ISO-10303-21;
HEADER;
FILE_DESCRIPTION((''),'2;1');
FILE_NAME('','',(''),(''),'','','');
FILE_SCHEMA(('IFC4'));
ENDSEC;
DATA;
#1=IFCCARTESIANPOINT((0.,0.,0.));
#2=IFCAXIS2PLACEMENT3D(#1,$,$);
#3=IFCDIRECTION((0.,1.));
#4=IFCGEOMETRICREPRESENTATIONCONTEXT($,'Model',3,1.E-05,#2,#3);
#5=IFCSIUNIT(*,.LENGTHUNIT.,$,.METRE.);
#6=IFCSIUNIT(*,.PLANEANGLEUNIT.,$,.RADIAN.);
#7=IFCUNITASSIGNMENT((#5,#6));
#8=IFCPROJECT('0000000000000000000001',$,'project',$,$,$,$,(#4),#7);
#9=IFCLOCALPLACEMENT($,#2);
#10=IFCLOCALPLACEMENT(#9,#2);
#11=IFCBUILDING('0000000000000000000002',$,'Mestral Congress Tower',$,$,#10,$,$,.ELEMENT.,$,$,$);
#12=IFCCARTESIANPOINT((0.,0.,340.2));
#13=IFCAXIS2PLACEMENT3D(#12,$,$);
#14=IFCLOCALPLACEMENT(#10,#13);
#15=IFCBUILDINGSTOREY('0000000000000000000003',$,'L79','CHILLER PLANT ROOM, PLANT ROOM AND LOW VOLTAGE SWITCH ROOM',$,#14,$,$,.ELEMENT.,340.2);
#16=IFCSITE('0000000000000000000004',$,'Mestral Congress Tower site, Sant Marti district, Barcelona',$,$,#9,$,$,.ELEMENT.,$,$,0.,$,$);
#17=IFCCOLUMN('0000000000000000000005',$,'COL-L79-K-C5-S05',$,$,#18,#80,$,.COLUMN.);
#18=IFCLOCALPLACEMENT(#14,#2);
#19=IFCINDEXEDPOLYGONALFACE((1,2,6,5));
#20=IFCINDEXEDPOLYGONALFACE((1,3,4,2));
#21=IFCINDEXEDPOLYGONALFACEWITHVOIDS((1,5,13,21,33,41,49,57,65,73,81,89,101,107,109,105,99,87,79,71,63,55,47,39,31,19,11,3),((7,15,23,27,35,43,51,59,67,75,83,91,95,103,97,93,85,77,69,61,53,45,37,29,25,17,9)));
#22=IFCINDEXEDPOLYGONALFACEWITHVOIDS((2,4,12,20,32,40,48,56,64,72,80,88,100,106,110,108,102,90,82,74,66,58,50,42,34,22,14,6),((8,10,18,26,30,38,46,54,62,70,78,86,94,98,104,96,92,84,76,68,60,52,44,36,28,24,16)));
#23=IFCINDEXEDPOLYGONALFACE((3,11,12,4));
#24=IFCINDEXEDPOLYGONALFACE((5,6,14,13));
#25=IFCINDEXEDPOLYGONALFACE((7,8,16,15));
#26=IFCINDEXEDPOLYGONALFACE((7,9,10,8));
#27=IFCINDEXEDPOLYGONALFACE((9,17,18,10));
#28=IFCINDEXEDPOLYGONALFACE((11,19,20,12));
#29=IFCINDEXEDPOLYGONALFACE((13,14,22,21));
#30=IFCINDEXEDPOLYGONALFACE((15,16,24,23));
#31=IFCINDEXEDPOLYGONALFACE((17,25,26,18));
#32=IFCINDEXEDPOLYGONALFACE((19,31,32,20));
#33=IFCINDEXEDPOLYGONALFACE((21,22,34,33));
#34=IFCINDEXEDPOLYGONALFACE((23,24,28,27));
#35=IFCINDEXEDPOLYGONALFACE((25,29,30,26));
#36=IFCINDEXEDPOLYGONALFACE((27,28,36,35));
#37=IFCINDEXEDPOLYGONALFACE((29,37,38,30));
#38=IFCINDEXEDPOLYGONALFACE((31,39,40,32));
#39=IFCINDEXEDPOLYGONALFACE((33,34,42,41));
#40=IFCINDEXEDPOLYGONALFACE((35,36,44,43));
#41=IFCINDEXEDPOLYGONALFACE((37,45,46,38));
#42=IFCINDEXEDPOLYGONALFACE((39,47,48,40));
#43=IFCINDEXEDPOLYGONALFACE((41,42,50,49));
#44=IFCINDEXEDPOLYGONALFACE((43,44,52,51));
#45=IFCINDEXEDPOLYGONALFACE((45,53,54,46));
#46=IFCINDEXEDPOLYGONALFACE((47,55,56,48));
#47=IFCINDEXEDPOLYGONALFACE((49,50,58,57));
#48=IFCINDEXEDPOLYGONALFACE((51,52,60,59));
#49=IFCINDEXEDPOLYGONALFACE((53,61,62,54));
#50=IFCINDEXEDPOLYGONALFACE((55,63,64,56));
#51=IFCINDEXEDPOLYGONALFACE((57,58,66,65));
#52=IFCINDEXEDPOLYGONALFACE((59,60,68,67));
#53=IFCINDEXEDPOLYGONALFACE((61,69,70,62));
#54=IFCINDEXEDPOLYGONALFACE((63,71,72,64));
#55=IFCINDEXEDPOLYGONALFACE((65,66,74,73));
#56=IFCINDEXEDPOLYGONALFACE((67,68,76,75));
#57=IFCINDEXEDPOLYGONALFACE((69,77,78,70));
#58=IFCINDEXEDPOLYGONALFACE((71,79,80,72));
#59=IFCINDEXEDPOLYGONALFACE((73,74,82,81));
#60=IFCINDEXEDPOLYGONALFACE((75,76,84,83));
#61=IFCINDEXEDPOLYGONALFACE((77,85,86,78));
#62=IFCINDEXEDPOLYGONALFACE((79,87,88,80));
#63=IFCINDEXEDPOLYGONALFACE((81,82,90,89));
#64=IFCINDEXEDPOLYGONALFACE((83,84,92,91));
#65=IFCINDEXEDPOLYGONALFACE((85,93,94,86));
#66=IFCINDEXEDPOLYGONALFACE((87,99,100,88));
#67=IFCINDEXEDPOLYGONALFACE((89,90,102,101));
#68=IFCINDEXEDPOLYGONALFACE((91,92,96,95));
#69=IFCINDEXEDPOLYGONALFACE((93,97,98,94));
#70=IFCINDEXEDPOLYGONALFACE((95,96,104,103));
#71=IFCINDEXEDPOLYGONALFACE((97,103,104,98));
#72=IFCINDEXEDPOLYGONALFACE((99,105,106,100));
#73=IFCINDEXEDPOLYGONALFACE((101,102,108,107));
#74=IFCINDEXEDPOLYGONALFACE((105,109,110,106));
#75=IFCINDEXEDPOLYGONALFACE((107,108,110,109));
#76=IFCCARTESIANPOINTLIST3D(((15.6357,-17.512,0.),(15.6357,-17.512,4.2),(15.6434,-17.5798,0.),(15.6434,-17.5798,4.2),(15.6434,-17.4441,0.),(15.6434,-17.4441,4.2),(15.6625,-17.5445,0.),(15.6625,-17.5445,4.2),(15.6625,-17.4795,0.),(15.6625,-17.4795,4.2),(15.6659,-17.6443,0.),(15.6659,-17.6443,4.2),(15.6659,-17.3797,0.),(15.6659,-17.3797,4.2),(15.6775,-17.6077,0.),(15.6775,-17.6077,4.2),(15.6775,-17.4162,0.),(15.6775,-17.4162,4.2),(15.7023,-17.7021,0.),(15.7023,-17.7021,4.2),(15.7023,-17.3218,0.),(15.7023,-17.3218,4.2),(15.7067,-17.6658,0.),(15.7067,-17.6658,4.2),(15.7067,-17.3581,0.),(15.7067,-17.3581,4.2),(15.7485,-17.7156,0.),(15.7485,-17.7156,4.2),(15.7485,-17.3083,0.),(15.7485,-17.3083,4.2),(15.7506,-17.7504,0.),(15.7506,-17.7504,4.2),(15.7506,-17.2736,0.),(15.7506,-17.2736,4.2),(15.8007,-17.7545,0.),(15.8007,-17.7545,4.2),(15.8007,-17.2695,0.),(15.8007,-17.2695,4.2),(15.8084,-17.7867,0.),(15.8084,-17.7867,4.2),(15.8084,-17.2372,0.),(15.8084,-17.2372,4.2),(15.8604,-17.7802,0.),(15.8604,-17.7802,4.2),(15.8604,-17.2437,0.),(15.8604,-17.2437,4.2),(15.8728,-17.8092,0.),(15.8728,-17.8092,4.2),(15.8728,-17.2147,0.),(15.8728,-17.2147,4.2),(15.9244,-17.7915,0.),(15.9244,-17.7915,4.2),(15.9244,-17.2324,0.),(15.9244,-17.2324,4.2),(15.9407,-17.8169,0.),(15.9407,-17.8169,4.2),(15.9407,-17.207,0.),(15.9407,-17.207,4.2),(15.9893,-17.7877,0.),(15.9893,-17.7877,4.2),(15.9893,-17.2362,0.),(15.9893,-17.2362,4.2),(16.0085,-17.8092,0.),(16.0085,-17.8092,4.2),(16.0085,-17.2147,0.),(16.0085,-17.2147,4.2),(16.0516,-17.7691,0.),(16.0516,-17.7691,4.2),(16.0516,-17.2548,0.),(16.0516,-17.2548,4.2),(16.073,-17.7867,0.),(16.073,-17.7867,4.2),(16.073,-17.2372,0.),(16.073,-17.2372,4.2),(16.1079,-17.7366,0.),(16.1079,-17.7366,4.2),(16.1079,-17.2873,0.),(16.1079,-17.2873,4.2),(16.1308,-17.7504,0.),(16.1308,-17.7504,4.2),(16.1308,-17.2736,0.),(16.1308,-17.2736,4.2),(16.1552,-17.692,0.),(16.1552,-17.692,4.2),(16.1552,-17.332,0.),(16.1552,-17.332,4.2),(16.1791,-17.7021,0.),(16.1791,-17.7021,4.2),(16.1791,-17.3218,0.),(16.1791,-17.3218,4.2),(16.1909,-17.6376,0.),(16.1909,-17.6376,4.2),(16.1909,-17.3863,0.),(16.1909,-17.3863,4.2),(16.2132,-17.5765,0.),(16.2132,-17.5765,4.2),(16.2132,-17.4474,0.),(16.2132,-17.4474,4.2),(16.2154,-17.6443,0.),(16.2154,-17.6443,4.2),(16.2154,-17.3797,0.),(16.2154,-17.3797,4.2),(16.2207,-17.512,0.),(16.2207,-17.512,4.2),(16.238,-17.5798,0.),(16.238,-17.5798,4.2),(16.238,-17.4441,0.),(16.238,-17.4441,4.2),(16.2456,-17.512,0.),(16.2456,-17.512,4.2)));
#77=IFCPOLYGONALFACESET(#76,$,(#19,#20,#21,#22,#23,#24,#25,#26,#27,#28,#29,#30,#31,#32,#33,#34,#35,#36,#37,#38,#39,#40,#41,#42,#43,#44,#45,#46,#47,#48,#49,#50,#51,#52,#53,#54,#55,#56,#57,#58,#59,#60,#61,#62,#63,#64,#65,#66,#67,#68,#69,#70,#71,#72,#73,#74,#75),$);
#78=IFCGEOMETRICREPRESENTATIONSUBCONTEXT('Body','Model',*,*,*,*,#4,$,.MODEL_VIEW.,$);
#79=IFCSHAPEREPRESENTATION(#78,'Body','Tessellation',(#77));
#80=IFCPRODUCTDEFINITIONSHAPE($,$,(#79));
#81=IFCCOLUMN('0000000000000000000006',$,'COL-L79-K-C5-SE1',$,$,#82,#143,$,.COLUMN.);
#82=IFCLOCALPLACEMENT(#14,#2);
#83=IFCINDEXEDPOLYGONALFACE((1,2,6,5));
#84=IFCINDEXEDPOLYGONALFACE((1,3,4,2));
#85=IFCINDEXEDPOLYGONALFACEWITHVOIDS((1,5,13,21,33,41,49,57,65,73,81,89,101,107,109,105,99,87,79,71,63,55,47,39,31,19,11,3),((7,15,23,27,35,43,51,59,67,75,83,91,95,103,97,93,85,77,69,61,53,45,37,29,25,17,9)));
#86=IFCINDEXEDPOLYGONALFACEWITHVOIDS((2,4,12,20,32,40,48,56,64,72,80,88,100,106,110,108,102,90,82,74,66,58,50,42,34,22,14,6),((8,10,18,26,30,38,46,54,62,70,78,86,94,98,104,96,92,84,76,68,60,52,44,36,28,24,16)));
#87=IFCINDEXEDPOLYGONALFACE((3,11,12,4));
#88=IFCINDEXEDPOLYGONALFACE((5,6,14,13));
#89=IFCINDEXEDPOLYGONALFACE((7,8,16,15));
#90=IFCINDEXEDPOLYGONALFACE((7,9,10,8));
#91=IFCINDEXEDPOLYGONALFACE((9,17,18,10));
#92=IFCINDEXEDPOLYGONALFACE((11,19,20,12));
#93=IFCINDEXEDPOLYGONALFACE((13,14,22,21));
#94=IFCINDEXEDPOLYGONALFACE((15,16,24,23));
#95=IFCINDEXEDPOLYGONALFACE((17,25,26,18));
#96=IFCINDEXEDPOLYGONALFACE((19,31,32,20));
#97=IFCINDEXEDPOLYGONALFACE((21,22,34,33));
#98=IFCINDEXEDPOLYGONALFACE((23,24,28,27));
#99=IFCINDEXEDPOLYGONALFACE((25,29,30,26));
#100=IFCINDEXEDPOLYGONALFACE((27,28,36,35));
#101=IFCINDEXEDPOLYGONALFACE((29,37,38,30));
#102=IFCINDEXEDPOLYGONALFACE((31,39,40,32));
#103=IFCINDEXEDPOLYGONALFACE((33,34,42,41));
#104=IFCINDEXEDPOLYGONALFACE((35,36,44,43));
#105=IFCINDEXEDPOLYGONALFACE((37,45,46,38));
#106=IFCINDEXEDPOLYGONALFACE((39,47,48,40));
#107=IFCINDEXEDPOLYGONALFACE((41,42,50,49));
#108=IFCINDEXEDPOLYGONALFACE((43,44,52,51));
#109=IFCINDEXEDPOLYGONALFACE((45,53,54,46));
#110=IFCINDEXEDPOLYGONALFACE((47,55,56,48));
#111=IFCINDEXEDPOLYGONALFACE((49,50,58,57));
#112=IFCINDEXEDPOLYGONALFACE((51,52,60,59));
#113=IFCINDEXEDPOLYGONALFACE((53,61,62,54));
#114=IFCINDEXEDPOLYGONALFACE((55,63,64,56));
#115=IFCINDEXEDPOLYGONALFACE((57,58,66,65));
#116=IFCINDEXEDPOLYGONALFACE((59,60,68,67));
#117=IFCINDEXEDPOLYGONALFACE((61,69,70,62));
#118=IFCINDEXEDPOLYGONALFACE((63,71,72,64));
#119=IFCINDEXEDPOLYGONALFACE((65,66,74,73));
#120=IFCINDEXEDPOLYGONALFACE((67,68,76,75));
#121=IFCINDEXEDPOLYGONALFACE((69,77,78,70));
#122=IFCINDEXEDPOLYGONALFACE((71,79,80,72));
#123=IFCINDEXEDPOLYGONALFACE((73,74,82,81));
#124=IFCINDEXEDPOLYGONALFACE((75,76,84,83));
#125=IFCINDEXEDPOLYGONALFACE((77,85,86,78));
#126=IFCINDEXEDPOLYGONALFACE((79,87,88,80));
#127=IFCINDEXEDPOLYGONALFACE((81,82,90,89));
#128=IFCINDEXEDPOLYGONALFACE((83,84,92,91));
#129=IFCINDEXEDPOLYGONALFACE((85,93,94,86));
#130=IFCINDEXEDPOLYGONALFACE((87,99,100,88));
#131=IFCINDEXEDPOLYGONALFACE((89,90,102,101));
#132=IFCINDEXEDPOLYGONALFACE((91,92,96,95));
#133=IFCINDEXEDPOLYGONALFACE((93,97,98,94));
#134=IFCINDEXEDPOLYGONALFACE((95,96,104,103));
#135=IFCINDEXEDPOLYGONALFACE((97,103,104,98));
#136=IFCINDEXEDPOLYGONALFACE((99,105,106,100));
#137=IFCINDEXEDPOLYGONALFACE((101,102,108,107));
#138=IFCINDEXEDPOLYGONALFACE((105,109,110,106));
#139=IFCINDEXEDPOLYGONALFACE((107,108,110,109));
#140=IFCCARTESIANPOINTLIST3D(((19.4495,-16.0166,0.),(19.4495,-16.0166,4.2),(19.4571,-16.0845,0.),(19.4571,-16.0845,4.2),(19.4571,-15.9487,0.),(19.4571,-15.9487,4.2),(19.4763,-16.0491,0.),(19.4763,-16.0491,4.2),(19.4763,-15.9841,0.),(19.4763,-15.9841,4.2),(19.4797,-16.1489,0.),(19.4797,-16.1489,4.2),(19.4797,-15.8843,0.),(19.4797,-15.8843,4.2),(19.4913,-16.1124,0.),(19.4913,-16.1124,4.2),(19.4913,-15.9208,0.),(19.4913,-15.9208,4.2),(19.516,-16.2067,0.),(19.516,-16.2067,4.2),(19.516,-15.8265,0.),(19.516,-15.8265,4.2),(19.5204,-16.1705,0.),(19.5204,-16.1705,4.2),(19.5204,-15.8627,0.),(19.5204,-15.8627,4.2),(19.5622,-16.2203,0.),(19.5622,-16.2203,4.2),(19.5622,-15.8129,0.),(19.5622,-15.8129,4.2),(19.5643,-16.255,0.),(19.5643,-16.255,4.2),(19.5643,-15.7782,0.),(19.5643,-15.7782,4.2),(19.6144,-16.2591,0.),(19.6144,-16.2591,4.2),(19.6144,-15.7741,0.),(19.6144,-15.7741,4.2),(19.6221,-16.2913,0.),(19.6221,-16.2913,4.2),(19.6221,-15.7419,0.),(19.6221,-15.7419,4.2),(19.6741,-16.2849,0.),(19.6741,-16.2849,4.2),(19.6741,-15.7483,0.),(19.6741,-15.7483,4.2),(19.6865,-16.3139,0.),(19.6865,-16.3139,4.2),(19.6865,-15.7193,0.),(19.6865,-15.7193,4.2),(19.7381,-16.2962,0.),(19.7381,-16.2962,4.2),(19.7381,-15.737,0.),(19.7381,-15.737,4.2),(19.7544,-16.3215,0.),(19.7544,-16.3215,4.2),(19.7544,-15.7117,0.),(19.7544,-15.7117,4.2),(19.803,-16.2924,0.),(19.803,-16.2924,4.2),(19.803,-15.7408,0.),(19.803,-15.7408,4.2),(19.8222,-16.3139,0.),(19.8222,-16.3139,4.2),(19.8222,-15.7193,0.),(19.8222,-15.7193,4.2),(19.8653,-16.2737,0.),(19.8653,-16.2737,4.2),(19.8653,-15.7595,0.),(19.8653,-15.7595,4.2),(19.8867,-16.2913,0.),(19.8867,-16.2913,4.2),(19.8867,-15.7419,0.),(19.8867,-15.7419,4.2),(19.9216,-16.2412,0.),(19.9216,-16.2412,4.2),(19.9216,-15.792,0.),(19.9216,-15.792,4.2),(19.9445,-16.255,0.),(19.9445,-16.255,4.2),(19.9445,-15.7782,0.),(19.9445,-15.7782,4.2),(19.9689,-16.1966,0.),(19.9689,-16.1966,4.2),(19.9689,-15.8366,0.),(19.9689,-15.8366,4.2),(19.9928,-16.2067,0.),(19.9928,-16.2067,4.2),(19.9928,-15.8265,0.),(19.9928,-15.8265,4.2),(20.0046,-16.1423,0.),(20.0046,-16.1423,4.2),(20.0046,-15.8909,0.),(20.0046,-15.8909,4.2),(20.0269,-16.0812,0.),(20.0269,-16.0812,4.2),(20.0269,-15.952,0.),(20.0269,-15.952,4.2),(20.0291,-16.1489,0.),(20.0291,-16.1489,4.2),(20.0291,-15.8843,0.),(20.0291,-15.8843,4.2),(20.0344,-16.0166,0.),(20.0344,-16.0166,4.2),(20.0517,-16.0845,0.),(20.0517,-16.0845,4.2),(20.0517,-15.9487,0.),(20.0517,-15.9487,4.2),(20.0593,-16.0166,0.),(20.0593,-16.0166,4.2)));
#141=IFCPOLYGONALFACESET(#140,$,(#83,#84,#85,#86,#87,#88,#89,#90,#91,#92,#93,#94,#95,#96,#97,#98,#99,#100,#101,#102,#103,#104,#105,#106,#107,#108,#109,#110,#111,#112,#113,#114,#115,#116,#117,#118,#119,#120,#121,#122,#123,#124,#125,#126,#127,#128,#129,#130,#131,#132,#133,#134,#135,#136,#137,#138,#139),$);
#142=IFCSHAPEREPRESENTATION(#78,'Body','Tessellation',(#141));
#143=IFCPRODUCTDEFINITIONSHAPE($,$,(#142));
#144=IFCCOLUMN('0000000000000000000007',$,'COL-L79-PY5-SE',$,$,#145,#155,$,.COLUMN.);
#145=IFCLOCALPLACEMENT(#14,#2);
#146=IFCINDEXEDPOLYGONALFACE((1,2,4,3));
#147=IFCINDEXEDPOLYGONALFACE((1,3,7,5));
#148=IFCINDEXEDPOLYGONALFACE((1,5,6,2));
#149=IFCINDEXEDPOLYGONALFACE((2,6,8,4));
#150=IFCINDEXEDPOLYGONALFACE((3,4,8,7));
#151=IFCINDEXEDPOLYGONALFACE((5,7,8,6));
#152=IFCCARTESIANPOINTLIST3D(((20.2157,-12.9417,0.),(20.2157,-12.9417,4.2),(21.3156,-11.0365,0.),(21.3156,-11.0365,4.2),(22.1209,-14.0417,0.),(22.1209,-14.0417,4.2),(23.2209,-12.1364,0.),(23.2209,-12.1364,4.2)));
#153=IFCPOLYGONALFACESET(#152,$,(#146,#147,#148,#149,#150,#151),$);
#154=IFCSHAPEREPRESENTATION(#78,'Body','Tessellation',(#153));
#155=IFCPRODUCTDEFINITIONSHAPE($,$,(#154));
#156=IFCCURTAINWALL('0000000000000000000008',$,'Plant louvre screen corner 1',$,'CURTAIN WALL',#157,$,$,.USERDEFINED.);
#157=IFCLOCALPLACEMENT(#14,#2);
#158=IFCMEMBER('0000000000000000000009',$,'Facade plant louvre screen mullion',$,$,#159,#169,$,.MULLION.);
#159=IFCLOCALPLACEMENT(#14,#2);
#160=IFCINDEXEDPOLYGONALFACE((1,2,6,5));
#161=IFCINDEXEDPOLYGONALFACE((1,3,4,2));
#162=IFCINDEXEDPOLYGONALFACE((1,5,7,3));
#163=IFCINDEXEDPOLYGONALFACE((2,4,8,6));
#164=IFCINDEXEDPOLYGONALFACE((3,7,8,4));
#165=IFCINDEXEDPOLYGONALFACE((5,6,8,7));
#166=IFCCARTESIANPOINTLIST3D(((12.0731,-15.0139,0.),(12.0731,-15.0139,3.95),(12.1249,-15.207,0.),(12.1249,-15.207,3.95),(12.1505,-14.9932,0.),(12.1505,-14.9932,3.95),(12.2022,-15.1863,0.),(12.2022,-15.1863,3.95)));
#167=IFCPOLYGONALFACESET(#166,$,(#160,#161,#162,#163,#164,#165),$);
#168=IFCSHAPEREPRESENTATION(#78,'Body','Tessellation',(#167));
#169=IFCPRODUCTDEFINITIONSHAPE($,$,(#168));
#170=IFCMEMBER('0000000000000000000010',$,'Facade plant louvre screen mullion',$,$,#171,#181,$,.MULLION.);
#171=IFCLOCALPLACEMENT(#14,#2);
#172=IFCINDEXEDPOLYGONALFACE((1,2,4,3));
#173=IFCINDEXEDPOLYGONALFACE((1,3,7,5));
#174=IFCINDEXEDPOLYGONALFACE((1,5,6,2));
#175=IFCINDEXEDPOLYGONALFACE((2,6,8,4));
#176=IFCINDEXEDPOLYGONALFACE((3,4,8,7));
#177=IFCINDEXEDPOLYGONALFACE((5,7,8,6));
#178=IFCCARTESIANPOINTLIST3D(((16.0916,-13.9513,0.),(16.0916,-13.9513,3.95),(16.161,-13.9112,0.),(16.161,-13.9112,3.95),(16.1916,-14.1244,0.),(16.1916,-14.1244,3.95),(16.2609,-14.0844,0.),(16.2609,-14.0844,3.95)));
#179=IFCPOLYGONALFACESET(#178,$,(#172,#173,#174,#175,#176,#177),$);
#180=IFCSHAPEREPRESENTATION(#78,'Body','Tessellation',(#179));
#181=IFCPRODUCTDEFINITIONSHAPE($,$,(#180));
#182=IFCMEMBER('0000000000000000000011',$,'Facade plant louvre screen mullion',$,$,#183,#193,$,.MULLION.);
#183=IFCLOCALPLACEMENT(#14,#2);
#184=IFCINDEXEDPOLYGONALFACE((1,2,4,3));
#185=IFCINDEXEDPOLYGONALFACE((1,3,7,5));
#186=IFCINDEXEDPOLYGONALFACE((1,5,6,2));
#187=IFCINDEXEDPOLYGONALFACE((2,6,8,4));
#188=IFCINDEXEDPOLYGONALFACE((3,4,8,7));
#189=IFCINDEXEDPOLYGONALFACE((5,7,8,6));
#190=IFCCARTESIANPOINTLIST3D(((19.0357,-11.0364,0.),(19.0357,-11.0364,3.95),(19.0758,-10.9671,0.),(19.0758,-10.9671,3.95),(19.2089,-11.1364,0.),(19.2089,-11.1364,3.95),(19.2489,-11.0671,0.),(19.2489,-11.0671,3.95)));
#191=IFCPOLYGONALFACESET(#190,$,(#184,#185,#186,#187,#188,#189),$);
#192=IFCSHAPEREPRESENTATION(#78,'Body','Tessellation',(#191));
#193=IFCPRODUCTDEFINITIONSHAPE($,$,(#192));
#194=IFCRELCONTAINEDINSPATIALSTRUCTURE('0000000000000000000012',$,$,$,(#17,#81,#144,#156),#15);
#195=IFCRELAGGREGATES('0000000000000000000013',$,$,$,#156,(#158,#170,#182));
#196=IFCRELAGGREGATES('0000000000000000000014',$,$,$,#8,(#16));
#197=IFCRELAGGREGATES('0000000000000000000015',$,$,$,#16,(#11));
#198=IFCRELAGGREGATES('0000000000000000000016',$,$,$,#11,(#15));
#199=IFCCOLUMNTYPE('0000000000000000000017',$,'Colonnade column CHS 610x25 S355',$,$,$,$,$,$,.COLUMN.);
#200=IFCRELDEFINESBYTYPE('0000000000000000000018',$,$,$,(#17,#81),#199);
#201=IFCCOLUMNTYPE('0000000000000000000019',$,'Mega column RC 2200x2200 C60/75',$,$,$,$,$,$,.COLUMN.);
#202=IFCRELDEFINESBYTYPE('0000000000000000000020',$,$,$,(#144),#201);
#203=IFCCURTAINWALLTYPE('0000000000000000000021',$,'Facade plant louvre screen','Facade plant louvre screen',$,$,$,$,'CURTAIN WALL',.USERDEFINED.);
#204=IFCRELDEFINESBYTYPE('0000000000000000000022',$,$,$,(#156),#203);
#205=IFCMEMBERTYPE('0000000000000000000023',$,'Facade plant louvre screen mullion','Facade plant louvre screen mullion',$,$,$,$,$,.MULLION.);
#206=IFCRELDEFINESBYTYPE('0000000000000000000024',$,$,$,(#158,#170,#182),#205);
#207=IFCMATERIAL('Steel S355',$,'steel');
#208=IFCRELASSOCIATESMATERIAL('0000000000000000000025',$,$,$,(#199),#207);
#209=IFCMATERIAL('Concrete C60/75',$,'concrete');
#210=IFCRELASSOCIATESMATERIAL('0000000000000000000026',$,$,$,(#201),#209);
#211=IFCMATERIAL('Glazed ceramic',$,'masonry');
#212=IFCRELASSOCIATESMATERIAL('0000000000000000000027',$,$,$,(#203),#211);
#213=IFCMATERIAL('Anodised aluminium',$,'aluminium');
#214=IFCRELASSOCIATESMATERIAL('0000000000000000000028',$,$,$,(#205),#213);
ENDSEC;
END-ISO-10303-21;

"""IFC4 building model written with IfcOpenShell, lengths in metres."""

from ifc_helpers import new_model, si_unit, direction, frame, origin, origin_2d, place, context, subcontext, project, spatial, rectangle, hollow_circle, extrude, material, material_profile, profile_set, type_object, element, aggregate, save


model = new_model("IFC4")

# Units and contexts
model_context = context("Model", 3, precision=1e-05, world=origin(), true_north=direction((0.0, 1.0)))
body_context = subcontext(model_context, "Body", "Model", "MODEL_VIEW")
ifc_project = project(units=[si_unit("LENGTHUNIT", "METRE"), si_unit("PLANEANGLEUNIT", "RADIAN")], contexts=[model_context])

# Site, building, storey
site_placement = place(None, origin())
site = spatial("IfcSite", under=ifc_project, at=site_placement, Name="Mestral Congress Tower site, Sant Marti district, Barcelona", CompositionType="ELEMENT", RefElevation=0.0)
building_placement = place(site_placement, origin())
building = spatial("IfcBuilding", under=site, at=building_placement, Name="Mestral Congress Tower", CompositionType="ELEMENT")
storey_placement = place(building_placement, frame((0.0, 0.0, 340.2)))
storey = spatial("IfcBuildingStorey", under=building, at=storey_placement, Name="L79", Description="CHILLER PLANT ROOM, PLANT ROOM AND LOW VOLTAGE SWITCH ROOM", CompositionType="ELEMENT", Elevation=340.2)

# Columns
ifc_material_1 = material(Name="Steel S355", Category="steel")
ifc_material_profile_1 = material_profile(ifc_material_1, hollow_circle(Radius=0.3049, WallThickness=0.0249, at=origin_2d()), Name="CHS 610x25")
ifc_profile_set_1 = profile_set([ifc_material_profile_1], Name="Steel S355")
column_type_1 = type_object("IfcColumnType", Name="Colonnade column CHS 610x25 S355", PredefinedType="COLUMN", material=ifc_profile_set_1)
for number, where, z_axis, x_axis, name in (
    (1, (15.9407, -17.512, 0.0), (0.0, 0.0, 1.0), (1.0, 0.0, 0.0), "COL-L79-K-C5-S05"),
    (2, (19.7544, -16.0166, 0.0), (0.0, 0.0, 1.0), (1.0, 0.0, 0.0), "COL-L79-K-C5-SE1"),
):
    element("IfcColumn", number, at=place(storey_placement, frame(where, z_axis=z_axis, x_axis=x_axis)), inside=storey, type_object=column_type_1, Name=name, PredefinedType="COLUMN", context=body_context, shape_type="SweptSolid", body=[
        extrude(hollow_circle(Radius=0.3049, WallThickness=0.0249, at=origin_2d()), origin(), (0.0, 0.0, 1.0), 4.2),
    ])
ifc_material_2 = material(Name="Concrete C60/75", Category="concrete")
ifc_material_profile_2 = material_profile(ifc_material_2, rectangle(XDim=2.2, YDim=2.2, at=origin_2d()), Name="RC 2200x2200")
ifc_profile_set_2 = profile_set([ifc_material_profile_2], Name="Concrete C60/75")
column_type_2 = type_object("IfcColumnType", Name="Mega column RC 2200x2200 C60/75", PredefinedType="COLUMN", material=ifc_profile_set_2)
column_placement = place(storey_placement, frame((21.7183, -12.5391, 0.0), z_axis=(0.0, 0.0, 1.0), x_axis=(0.866025, -0.5, 0.0)))
element("IfcColumn", 3, at=column_placement, inside=storey, type_object=column_type_2, Name="COL-L79-PY5-SE", PredefinedType="COLUMN", context=body_context, shape_type="SweptSolid", body=[
    extrude(rectangle(XDim=2.2, YDim=2.2, at=origin_2d()), origin(), (0.0, 0.0, 1.0), 4.2),
])

# Curtain wall, members
ifc_material_3 = material(Name="Glazed ceramic", Category="masonry")
curtain_wall_type = type_object("IfcCurtainWallType", Name="Facade plant louvre screen", Description="Facade plant louvre screen", ElementType="CURTAIN WALL", PredefinedType="USERDEFINED", material=ifc_material_3)
curtain_wall_placement = place(storey_placement, origin())
curtain_wall = element("IfcCurtainWall", 4, at=curtain_wall_placement, inside=storey, type_object=curtain_wall_type, Name="Plant louvre screen corner 1", ObjectType="CURTAIN WALL", PredefinedType="USERDEFINED")
ifc_material_4 = material(Name="Anodised aluminium", Category="aluminium")
ifc_material_profile_3 = material_profile(ifc_material_4, rectangle(XDim=0.2, YDim=0.0801, at=origin_2d()), Name="CW6 mullion 200 x 80")
ifc_profile_set_3 = profile_set([ifc_material_profile_3], Name="Anodised aluminium")
member_type_1 = type_object("IfcMemberType", Name="Facade plant louvre screen mullion", Description="Facade plant louvre screen mullion", PredefinedType="MULLION", material=ifc_profile_set_3)
member_1_placement = place(storey_placement, frame((12.1377, -15.1001, 0.0), z_axis=(0.0, 0.0, 1.0), x_axis=(0.258819, -0.965926, 0.0)))
member_1 = element("IfcMember", 5, at=member_1_placement, type_object=member_type_1, Name="Facade plant louvre screen mullion", PredefinedType="MULLION", context=body_context, shape_type="SweptSolid", body=[
    extrude(rectangle(XDim=0.2, YDim=0.0801, at=origin_2d()), origin(), (0.0, 0.0, 1.0), 3.95),
])
member_2_placement = place(storey_placement, frame((16.1763, -14.0178, 0.0), z_axis=(0.0, 0.0, 1.0), x_axis=(0.5, -0.866025, 0.0)))
member_2 = element("IfcMember", 6, at=member_2_placement, type_object=member_type_1, Name="Facade plant louvre screen mullion", PredefinedType="MULLION", context=body_context, shape_type="SweptSolid", body=[
    extrude(rectangle(XDim=0.2, YDim=0.0801, at=origin_2d()), origin(), (0.0, 0.0, 1.0), 3.95),
])
member_3_placement = place(storey_placement, frame((19.1423, -11.0518, 0.0), z_axis=(0.0, 0.0, 1.0), x_axis=(0.866025, -0.5, 0.0)))
member_3 = element("IfcMember", 7, at=member_3_placement, type_object=member_type_1, Name="Facade plant louvre screen mullion", PredefinedType="MULLION", context=body_context, shape_type="SweptSolid", body=[
    extrude(rectangle(XDim=0.2, YDim=0.0801, at=origin_2d()), origin(), (0.0, 0.0, 1.0), 3.95),
])

aggregate(curtain_wall, [member_1, member_2, member_3])

save(model, "model.ifc")
